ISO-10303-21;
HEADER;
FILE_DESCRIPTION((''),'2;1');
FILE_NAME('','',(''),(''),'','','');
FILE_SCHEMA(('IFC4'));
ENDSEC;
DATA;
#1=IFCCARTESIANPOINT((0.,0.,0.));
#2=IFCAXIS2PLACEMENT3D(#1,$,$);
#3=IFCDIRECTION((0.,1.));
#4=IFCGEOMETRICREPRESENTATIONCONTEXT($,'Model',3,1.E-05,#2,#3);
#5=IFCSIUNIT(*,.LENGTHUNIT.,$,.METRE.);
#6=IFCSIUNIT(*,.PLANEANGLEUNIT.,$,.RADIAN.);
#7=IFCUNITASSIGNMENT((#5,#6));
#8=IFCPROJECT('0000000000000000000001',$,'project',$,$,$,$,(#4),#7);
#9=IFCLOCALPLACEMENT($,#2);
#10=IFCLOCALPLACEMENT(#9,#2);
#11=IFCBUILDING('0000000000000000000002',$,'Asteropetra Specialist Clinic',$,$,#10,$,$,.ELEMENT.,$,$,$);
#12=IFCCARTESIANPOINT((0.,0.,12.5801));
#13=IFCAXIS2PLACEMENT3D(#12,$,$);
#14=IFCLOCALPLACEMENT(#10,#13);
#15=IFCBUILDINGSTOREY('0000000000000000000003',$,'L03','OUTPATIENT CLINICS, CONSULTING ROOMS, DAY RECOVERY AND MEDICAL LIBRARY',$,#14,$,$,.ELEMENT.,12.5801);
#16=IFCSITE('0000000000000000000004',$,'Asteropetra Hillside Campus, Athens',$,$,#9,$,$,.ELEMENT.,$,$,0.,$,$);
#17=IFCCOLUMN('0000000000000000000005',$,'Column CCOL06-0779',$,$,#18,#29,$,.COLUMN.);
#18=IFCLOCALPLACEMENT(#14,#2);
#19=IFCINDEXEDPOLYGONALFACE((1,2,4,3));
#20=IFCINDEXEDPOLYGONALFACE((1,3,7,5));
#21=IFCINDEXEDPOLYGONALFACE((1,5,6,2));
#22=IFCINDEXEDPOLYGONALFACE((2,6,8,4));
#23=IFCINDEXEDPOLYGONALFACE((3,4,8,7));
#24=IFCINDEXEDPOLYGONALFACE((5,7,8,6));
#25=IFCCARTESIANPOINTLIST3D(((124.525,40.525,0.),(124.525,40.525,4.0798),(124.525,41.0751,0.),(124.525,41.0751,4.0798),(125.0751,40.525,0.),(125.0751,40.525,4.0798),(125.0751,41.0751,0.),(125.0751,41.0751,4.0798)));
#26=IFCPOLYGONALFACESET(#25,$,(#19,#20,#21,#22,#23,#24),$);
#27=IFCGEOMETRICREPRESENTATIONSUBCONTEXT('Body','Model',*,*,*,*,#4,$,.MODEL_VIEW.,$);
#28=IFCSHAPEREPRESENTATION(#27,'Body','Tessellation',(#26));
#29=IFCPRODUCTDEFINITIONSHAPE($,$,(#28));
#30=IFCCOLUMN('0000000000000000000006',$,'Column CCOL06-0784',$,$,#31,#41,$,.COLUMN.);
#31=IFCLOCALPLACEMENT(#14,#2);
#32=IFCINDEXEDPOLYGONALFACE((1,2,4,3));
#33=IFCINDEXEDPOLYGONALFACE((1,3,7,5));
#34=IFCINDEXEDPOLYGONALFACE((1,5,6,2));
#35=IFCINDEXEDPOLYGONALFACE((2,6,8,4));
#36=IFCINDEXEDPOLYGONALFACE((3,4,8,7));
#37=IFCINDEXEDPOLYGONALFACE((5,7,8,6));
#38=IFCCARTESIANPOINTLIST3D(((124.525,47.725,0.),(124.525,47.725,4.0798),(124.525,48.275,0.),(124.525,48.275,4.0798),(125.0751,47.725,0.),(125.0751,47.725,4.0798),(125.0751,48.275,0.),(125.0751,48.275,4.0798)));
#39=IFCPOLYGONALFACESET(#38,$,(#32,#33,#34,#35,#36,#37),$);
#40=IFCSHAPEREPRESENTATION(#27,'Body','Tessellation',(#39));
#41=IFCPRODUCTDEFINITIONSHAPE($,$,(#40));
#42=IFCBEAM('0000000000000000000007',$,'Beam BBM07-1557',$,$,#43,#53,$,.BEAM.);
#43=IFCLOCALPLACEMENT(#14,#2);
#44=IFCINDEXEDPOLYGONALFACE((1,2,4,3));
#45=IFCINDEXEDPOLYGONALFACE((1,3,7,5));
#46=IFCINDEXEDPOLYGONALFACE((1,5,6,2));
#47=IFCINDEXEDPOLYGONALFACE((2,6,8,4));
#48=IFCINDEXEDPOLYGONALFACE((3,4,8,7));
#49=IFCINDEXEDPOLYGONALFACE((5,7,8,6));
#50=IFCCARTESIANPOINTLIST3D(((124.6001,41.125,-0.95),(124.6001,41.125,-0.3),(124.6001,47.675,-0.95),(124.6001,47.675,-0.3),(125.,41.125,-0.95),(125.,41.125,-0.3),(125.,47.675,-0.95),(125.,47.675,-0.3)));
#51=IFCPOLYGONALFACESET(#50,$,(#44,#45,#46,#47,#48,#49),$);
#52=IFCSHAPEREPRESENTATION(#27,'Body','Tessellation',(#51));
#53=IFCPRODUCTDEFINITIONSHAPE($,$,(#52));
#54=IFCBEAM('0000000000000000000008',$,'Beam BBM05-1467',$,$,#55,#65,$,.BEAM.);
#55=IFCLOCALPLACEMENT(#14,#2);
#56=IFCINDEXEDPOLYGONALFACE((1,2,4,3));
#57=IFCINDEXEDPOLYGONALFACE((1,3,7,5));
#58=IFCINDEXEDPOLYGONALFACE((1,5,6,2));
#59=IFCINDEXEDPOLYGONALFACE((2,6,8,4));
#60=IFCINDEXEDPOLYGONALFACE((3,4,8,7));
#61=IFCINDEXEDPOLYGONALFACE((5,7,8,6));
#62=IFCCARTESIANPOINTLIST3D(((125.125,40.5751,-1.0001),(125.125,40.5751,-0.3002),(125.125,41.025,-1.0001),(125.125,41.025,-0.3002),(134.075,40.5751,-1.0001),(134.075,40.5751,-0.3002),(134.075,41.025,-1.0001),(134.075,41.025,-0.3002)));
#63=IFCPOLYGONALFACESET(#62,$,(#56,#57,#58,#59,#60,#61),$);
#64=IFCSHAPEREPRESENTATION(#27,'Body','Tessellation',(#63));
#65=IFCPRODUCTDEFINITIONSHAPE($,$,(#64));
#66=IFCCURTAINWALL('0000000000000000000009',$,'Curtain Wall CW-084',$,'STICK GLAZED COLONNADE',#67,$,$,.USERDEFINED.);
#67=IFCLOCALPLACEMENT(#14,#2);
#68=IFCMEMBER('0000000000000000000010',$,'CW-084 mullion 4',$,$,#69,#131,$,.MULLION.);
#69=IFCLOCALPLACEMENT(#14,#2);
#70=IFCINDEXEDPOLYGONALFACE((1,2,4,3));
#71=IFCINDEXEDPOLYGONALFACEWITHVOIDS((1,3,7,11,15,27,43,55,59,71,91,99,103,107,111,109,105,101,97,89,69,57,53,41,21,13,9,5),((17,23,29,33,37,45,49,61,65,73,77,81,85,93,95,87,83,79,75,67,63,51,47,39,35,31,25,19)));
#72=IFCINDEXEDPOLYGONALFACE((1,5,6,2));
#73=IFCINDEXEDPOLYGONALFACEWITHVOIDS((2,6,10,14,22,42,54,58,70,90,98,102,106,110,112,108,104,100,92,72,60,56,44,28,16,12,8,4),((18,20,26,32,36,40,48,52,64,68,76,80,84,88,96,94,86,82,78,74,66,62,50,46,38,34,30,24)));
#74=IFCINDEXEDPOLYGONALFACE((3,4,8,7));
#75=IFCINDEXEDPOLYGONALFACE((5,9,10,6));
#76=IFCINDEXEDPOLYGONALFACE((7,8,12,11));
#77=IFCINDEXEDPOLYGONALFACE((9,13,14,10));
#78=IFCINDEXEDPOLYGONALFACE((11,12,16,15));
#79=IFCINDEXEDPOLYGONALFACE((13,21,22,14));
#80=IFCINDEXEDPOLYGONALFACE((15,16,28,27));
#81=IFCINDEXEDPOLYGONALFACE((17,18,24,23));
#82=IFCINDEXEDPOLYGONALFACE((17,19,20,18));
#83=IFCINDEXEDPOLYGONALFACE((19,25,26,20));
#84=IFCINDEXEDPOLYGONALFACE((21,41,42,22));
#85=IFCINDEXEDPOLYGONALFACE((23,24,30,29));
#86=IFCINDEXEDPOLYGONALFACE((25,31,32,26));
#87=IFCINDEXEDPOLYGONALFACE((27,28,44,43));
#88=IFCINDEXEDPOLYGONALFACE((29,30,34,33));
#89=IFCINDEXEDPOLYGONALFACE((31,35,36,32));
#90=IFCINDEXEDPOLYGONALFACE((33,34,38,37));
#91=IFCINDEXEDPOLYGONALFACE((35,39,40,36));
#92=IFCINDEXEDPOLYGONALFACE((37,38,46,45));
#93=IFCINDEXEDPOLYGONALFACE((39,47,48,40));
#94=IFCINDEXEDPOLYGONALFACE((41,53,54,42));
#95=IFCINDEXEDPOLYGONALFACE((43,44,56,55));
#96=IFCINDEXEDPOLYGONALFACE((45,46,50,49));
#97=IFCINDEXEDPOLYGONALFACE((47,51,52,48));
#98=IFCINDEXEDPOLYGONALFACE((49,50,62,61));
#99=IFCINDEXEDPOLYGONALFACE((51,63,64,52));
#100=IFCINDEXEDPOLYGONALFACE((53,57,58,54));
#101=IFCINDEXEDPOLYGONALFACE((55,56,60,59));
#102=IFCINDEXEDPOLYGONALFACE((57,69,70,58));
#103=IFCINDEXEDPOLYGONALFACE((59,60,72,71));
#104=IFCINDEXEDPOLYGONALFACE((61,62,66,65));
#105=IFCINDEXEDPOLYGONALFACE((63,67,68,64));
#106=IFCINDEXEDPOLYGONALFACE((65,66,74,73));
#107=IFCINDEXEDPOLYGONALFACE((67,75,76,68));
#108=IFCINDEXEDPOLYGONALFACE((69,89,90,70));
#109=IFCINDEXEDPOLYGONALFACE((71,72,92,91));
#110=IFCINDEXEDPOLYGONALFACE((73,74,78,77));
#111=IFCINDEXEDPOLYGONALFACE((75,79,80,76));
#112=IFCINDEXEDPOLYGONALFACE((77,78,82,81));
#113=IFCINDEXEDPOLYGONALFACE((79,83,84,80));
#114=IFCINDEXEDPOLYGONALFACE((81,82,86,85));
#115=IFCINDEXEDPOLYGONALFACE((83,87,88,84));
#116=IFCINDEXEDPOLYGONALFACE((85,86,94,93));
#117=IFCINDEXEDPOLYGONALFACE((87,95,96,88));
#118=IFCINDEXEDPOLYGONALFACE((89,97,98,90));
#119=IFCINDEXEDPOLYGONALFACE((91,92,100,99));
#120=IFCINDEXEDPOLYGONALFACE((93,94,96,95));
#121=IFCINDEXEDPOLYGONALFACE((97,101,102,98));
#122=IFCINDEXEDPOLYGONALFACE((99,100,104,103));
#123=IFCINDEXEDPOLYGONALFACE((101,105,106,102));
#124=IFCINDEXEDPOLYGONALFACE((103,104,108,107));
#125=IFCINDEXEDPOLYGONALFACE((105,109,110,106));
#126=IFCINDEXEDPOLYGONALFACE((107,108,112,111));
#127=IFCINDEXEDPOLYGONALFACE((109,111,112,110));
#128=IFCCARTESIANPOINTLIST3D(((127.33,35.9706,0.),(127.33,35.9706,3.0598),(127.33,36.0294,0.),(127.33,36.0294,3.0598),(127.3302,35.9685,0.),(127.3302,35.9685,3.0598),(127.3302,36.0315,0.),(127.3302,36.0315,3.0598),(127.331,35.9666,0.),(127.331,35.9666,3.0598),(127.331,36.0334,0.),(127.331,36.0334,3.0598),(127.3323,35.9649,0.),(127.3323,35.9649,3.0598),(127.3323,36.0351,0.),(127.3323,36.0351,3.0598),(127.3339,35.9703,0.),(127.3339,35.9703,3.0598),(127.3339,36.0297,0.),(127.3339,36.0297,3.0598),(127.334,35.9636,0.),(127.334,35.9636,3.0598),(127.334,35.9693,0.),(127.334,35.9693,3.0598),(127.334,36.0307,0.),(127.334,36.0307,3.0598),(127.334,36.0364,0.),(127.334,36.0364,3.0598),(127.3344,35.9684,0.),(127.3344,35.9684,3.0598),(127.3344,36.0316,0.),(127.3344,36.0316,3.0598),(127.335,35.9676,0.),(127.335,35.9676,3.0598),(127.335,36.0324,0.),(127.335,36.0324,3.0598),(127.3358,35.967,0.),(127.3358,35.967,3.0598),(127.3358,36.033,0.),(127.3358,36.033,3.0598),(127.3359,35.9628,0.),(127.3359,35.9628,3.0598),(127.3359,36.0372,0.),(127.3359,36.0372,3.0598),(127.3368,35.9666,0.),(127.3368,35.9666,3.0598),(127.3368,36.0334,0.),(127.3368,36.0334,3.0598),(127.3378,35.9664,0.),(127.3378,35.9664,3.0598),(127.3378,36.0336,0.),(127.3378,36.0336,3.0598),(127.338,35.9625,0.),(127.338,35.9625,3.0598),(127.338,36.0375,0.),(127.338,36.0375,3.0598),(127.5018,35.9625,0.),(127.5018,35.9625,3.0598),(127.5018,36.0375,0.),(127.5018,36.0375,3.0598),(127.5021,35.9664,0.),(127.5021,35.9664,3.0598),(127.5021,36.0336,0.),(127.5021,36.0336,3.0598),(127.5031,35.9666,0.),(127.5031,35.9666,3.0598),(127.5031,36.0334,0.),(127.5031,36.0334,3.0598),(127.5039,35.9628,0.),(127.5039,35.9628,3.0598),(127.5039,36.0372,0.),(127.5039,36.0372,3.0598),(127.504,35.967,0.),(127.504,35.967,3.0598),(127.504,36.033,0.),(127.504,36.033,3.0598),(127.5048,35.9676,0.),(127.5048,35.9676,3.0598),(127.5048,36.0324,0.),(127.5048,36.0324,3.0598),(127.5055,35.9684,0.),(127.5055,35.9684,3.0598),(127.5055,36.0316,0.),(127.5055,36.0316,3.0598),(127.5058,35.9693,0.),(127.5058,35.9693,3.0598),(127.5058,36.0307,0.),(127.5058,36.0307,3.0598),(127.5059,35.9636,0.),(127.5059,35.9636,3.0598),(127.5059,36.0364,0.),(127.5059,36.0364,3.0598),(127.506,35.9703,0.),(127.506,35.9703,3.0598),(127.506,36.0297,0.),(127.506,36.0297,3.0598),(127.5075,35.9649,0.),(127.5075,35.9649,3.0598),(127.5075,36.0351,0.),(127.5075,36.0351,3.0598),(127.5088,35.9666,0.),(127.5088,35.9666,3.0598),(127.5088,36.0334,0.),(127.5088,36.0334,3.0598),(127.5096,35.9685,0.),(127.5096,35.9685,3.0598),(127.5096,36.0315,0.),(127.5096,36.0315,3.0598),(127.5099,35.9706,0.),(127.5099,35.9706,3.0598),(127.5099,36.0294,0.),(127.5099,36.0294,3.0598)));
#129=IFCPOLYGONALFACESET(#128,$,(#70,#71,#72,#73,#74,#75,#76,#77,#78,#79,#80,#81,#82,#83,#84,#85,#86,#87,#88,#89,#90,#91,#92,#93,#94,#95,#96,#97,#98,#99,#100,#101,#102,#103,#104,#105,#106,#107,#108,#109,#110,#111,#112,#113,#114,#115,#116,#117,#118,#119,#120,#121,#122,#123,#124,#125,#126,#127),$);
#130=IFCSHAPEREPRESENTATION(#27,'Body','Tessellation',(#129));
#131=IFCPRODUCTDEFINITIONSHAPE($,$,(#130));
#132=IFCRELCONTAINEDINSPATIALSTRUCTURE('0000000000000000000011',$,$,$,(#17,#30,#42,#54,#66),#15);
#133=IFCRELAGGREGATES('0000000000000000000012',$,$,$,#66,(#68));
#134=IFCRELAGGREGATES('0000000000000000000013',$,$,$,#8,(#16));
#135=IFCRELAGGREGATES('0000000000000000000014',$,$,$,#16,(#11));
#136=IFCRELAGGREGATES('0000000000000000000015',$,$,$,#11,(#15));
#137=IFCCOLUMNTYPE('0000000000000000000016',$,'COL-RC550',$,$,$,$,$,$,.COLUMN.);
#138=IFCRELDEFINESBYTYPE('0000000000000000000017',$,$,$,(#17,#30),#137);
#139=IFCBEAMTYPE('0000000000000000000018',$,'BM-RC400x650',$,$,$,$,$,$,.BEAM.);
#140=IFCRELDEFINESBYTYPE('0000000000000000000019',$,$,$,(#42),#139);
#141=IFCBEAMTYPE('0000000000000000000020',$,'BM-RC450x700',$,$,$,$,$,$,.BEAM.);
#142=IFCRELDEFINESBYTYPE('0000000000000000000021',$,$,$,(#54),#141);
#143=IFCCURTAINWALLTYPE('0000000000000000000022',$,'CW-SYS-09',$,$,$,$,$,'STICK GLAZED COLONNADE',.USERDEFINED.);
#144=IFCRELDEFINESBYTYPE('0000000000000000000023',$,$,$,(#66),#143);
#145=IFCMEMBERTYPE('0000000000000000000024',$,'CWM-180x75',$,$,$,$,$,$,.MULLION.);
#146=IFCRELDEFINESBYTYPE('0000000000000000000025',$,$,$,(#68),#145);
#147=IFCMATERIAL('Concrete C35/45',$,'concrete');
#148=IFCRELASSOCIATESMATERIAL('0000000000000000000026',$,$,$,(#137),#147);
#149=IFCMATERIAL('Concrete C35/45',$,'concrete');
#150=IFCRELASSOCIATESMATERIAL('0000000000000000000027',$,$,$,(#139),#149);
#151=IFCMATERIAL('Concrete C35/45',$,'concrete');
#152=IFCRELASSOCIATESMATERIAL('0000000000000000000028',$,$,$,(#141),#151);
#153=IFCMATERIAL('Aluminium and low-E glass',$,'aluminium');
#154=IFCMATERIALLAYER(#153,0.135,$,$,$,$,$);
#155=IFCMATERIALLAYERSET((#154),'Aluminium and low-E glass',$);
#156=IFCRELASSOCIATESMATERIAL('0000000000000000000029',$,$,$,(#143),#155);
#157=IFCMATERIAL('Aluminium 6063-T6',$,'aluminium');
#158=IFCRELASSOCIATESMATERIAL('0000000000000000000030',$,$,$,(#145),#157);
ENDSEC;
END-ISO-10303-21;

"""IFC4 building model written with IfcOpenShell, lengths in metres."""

from ifc_helpers import new_model, si_unit, direction, frame, origin, origin_2d, place, context, subcontext, project, spatial, rectangle, hollow_rectangle, extrude, material, layer, layer_set, material_profile, profile_set, type_object, element, aggregate, save


model = new_model("IFC4")

# Units and contexts
model_context = context("Model", 3, precision=1e-05, world=origin(), true_north=direction((0.0, 1.0)))
body_context = subcontext(model_context, "Body", "Model", "MODEL_VIEW")
ifc_project = project(units=[si_unit("LENGTHUNIT", "METRE"), si_unit("PLANEANGLEUNIT", "RADIAN")], contexts=[model_context])

# Site, building, storey
site_placement = place(None, origin())
site = spatial("IfcSite", under=ifc_project, at=site_placement, Name="Asteropetra Hillside Campus, Athens", CompositionType="ELEMENT", RefElevation=0.0)
building_placement = place(site_placement, origin())
building = spatial("IfcBuilding", under=site, at=building_placement, Name="Asteropetra Specialist Clinic", CompositionType="ELEMENT")
storey_placement = place(building_placement, frame((0.0, 0.0, 12.5801)))
storey = spatial("IfcBuildingStorey", under=building, at=storey_placement, Name="L03", Description="OUTPATIENT CLINICS, CONSULTING ROOMS, DAY RECOVERY AND MEDICAL LIBRARY", CompositionType="ELEMENT", Elevation=12.5801)

# Columns
ifc_material_1 = material(Name="Concrete C35/45", Category="concrete")
ifc_material_profile_1 = material_profile(ifc_material_1, rectangle(XDim=0.55, YDim=0.55, at=origin_2d()), Name="RC 550x550")
ifc_profile_set_1 = profile_set([ifc_material_profile_1], Name="Concrete C35/45")
column_type = type_object("IfcColumnType", Name="COL-RC550", PredefinedType="COLUMN", material=ifc_profile_set_1)
for number, where, z_axis, x_axis, name in (
    (1, (124.8, 40.8, 0.0), (0.0, 0.0, 1.0), (1.0, 0.0, 0.0), "Column CCOL06-0779"),
    (2, (124.8, 48.0, 0.0), (0.0, 0.0, 1.0), (1.0, 0.0, 0.0), "Column CCOL06-0784"),
):
    element("IfcColumn", number, at=place(storey_placement, frame(where, z_axis=z_axis, x_axis=x_axis)), inside=storey, type_object=column_type, Name=name, PredefinedType="COLUMN", context=body_context, shape_type="SweptSolid", body=[
        extrude(rectangle(XDim=0.55, YDim=0.55, at=origin_2d()), origin(), (0.0, 0.0, 1.0), 4.0798),
    ])

# Beams
ifc_material_2 = material(Name="Concrete C35/45", Category="concrete")
ifc_material_profile_2 = material_profile(ifc_material_2, rectangle(XDim=0.3999, YDim=0.6499, at=origin_2d()), Name="RCB 400x650")
ifc_profile_set_2 = profile_set([ifc_material_profile_2], Name="Concrete C35/45")
beam_type_1 = type_object("IfcBeamType", Name="BM-RC400x650", PredefinedType="BEAM", material=ifc_profile_set_2)
beam_1_placement = place(storey_placement, frame((124.8, 41.125, -0.625), z_axis=(0.0, 1.0, 0.0), x_axis=(-1.0, 0.0, 0.0)))
element("IfcBeam", 3, at=beam_1_placement, inside=storey, type_object=beam_type_1, Name="Beam BBM07-1557", PredefinedType="BEAM", context=body_context, shape_type="SweptSolid", body=[
    extrude(rectangle(XDim=0.3999, YDim=0.6499, at=origin_2d()), origin(), (0.0, 0.0, 1.0), 6.55),
])
ifc_material_3 = material(Name="Concrete C35/45", Category="concrete")
ifc_material_profile_3 = material_profile(ifc_material_3, rectangle(XDim=0.45, YDim=0.7, at=origin_2d()), Name="RCB 450x700")
ifc_profile_set_3 = profile_set([ifc_material_profile_3], Name="Concrete C35/45")
beam_type_2 = type_object("IfcBeamType", Name="BM-RC450x700", PredefinedType="BEAM", material=ifc_profile_set_3)
beam_2_placement = place(storey_placement, frame((125.125, 40.8, -0.6501), z_axis=(1.0, 0.0, 0.0), x_axis=(0.0, 1.0, 0.0)))
element("IfcBeam", 4, at=beam_2_placement, inside=storey, type_object=beam_type_2, Name="Beam BBM05-1467", PredefinedType="BEAM", context=body_context, shape_type="SweptSolid", body=[
    extrude(rectangle(XDim=0.45, YDim=0.7, at=origin_2d()), origin(), (0.0, 0.0, 1.0), 8.95),
])

# Curtain wall, member
ifc_material_4 = material(Name="Aluminium and low-E glass", Category="aluminium")
ifc_layer_1 = layer(ifc_material_4, 0.135)
ifc_layer_set_1 = layer_set([ifc_layer_1], Name="Aluminium and low-E glass")
curtain_wall_type = type_object("IfcCurtainWallType", Name="CW-SYS-09", ElementType="STICK GLAZED COLONNADE", PredefinedType="USERDEFINED", material=ifc_layer_set_1)
curtain_wall_placement = place(storey_placement, origin())
curtain_wall = element("IfcCurtainWall", 5, at=curtain_wall_placement, inside=storey, type_object=curtain_wall_type, Name="Curtain Wall CW-084", ObjectType="STICK GLAZED COLONNADE", PredefinedType="USERDEFINED")
ifc_material_5 = material(Name="Aluminium 6063-T6", Category="aluminium")
ifc_material_profile_4 = material_profile(ifc_material_5, hollow_rectangle(XDim=0.075, YDim=0.1799, WallThickness=0.0039, InnerFilletRadius=0.0039, OuterFilletRadius=0.0081, at=origin_2d()), Name="MUL 180x75x4.0")
ifc_profile_set_4 = profile_set([ifc_material_profile_4], Name="Aluminium 6063-T6")
member_type_1 = type_object("IfcMemberType", Name="CWM-180x75", PredefinedType="MULLION", material=ifc_profile_set_4)
member_1_placement = place(storey_placement, frame((127.4199, 36.0, 0.0), z_axis=(0.0, 0.0, 1.0), x_axis=(0.0, -1.0, 0.0)))
member_1 = element("IfcMember", 6, at=member_1_placement, type_object=member_type_1, Name="CW-084 mullion 4", PredefinedType="MULLION", context=body_context, shape_type="SweptSolid", body=[
    extrude(hollow_rectangle(XDim=0.075, YDim=0.1799, WallThickness=0.0039, InnerFilletRadius=0.0039, OuterFilletRadius=0.0081, at=origin_2d()), origin(), (0.0, 0.0, 1.0), 3.0598),
])

aggregate(curtain_wall, [member_1])

save(model, "model.ifc")
